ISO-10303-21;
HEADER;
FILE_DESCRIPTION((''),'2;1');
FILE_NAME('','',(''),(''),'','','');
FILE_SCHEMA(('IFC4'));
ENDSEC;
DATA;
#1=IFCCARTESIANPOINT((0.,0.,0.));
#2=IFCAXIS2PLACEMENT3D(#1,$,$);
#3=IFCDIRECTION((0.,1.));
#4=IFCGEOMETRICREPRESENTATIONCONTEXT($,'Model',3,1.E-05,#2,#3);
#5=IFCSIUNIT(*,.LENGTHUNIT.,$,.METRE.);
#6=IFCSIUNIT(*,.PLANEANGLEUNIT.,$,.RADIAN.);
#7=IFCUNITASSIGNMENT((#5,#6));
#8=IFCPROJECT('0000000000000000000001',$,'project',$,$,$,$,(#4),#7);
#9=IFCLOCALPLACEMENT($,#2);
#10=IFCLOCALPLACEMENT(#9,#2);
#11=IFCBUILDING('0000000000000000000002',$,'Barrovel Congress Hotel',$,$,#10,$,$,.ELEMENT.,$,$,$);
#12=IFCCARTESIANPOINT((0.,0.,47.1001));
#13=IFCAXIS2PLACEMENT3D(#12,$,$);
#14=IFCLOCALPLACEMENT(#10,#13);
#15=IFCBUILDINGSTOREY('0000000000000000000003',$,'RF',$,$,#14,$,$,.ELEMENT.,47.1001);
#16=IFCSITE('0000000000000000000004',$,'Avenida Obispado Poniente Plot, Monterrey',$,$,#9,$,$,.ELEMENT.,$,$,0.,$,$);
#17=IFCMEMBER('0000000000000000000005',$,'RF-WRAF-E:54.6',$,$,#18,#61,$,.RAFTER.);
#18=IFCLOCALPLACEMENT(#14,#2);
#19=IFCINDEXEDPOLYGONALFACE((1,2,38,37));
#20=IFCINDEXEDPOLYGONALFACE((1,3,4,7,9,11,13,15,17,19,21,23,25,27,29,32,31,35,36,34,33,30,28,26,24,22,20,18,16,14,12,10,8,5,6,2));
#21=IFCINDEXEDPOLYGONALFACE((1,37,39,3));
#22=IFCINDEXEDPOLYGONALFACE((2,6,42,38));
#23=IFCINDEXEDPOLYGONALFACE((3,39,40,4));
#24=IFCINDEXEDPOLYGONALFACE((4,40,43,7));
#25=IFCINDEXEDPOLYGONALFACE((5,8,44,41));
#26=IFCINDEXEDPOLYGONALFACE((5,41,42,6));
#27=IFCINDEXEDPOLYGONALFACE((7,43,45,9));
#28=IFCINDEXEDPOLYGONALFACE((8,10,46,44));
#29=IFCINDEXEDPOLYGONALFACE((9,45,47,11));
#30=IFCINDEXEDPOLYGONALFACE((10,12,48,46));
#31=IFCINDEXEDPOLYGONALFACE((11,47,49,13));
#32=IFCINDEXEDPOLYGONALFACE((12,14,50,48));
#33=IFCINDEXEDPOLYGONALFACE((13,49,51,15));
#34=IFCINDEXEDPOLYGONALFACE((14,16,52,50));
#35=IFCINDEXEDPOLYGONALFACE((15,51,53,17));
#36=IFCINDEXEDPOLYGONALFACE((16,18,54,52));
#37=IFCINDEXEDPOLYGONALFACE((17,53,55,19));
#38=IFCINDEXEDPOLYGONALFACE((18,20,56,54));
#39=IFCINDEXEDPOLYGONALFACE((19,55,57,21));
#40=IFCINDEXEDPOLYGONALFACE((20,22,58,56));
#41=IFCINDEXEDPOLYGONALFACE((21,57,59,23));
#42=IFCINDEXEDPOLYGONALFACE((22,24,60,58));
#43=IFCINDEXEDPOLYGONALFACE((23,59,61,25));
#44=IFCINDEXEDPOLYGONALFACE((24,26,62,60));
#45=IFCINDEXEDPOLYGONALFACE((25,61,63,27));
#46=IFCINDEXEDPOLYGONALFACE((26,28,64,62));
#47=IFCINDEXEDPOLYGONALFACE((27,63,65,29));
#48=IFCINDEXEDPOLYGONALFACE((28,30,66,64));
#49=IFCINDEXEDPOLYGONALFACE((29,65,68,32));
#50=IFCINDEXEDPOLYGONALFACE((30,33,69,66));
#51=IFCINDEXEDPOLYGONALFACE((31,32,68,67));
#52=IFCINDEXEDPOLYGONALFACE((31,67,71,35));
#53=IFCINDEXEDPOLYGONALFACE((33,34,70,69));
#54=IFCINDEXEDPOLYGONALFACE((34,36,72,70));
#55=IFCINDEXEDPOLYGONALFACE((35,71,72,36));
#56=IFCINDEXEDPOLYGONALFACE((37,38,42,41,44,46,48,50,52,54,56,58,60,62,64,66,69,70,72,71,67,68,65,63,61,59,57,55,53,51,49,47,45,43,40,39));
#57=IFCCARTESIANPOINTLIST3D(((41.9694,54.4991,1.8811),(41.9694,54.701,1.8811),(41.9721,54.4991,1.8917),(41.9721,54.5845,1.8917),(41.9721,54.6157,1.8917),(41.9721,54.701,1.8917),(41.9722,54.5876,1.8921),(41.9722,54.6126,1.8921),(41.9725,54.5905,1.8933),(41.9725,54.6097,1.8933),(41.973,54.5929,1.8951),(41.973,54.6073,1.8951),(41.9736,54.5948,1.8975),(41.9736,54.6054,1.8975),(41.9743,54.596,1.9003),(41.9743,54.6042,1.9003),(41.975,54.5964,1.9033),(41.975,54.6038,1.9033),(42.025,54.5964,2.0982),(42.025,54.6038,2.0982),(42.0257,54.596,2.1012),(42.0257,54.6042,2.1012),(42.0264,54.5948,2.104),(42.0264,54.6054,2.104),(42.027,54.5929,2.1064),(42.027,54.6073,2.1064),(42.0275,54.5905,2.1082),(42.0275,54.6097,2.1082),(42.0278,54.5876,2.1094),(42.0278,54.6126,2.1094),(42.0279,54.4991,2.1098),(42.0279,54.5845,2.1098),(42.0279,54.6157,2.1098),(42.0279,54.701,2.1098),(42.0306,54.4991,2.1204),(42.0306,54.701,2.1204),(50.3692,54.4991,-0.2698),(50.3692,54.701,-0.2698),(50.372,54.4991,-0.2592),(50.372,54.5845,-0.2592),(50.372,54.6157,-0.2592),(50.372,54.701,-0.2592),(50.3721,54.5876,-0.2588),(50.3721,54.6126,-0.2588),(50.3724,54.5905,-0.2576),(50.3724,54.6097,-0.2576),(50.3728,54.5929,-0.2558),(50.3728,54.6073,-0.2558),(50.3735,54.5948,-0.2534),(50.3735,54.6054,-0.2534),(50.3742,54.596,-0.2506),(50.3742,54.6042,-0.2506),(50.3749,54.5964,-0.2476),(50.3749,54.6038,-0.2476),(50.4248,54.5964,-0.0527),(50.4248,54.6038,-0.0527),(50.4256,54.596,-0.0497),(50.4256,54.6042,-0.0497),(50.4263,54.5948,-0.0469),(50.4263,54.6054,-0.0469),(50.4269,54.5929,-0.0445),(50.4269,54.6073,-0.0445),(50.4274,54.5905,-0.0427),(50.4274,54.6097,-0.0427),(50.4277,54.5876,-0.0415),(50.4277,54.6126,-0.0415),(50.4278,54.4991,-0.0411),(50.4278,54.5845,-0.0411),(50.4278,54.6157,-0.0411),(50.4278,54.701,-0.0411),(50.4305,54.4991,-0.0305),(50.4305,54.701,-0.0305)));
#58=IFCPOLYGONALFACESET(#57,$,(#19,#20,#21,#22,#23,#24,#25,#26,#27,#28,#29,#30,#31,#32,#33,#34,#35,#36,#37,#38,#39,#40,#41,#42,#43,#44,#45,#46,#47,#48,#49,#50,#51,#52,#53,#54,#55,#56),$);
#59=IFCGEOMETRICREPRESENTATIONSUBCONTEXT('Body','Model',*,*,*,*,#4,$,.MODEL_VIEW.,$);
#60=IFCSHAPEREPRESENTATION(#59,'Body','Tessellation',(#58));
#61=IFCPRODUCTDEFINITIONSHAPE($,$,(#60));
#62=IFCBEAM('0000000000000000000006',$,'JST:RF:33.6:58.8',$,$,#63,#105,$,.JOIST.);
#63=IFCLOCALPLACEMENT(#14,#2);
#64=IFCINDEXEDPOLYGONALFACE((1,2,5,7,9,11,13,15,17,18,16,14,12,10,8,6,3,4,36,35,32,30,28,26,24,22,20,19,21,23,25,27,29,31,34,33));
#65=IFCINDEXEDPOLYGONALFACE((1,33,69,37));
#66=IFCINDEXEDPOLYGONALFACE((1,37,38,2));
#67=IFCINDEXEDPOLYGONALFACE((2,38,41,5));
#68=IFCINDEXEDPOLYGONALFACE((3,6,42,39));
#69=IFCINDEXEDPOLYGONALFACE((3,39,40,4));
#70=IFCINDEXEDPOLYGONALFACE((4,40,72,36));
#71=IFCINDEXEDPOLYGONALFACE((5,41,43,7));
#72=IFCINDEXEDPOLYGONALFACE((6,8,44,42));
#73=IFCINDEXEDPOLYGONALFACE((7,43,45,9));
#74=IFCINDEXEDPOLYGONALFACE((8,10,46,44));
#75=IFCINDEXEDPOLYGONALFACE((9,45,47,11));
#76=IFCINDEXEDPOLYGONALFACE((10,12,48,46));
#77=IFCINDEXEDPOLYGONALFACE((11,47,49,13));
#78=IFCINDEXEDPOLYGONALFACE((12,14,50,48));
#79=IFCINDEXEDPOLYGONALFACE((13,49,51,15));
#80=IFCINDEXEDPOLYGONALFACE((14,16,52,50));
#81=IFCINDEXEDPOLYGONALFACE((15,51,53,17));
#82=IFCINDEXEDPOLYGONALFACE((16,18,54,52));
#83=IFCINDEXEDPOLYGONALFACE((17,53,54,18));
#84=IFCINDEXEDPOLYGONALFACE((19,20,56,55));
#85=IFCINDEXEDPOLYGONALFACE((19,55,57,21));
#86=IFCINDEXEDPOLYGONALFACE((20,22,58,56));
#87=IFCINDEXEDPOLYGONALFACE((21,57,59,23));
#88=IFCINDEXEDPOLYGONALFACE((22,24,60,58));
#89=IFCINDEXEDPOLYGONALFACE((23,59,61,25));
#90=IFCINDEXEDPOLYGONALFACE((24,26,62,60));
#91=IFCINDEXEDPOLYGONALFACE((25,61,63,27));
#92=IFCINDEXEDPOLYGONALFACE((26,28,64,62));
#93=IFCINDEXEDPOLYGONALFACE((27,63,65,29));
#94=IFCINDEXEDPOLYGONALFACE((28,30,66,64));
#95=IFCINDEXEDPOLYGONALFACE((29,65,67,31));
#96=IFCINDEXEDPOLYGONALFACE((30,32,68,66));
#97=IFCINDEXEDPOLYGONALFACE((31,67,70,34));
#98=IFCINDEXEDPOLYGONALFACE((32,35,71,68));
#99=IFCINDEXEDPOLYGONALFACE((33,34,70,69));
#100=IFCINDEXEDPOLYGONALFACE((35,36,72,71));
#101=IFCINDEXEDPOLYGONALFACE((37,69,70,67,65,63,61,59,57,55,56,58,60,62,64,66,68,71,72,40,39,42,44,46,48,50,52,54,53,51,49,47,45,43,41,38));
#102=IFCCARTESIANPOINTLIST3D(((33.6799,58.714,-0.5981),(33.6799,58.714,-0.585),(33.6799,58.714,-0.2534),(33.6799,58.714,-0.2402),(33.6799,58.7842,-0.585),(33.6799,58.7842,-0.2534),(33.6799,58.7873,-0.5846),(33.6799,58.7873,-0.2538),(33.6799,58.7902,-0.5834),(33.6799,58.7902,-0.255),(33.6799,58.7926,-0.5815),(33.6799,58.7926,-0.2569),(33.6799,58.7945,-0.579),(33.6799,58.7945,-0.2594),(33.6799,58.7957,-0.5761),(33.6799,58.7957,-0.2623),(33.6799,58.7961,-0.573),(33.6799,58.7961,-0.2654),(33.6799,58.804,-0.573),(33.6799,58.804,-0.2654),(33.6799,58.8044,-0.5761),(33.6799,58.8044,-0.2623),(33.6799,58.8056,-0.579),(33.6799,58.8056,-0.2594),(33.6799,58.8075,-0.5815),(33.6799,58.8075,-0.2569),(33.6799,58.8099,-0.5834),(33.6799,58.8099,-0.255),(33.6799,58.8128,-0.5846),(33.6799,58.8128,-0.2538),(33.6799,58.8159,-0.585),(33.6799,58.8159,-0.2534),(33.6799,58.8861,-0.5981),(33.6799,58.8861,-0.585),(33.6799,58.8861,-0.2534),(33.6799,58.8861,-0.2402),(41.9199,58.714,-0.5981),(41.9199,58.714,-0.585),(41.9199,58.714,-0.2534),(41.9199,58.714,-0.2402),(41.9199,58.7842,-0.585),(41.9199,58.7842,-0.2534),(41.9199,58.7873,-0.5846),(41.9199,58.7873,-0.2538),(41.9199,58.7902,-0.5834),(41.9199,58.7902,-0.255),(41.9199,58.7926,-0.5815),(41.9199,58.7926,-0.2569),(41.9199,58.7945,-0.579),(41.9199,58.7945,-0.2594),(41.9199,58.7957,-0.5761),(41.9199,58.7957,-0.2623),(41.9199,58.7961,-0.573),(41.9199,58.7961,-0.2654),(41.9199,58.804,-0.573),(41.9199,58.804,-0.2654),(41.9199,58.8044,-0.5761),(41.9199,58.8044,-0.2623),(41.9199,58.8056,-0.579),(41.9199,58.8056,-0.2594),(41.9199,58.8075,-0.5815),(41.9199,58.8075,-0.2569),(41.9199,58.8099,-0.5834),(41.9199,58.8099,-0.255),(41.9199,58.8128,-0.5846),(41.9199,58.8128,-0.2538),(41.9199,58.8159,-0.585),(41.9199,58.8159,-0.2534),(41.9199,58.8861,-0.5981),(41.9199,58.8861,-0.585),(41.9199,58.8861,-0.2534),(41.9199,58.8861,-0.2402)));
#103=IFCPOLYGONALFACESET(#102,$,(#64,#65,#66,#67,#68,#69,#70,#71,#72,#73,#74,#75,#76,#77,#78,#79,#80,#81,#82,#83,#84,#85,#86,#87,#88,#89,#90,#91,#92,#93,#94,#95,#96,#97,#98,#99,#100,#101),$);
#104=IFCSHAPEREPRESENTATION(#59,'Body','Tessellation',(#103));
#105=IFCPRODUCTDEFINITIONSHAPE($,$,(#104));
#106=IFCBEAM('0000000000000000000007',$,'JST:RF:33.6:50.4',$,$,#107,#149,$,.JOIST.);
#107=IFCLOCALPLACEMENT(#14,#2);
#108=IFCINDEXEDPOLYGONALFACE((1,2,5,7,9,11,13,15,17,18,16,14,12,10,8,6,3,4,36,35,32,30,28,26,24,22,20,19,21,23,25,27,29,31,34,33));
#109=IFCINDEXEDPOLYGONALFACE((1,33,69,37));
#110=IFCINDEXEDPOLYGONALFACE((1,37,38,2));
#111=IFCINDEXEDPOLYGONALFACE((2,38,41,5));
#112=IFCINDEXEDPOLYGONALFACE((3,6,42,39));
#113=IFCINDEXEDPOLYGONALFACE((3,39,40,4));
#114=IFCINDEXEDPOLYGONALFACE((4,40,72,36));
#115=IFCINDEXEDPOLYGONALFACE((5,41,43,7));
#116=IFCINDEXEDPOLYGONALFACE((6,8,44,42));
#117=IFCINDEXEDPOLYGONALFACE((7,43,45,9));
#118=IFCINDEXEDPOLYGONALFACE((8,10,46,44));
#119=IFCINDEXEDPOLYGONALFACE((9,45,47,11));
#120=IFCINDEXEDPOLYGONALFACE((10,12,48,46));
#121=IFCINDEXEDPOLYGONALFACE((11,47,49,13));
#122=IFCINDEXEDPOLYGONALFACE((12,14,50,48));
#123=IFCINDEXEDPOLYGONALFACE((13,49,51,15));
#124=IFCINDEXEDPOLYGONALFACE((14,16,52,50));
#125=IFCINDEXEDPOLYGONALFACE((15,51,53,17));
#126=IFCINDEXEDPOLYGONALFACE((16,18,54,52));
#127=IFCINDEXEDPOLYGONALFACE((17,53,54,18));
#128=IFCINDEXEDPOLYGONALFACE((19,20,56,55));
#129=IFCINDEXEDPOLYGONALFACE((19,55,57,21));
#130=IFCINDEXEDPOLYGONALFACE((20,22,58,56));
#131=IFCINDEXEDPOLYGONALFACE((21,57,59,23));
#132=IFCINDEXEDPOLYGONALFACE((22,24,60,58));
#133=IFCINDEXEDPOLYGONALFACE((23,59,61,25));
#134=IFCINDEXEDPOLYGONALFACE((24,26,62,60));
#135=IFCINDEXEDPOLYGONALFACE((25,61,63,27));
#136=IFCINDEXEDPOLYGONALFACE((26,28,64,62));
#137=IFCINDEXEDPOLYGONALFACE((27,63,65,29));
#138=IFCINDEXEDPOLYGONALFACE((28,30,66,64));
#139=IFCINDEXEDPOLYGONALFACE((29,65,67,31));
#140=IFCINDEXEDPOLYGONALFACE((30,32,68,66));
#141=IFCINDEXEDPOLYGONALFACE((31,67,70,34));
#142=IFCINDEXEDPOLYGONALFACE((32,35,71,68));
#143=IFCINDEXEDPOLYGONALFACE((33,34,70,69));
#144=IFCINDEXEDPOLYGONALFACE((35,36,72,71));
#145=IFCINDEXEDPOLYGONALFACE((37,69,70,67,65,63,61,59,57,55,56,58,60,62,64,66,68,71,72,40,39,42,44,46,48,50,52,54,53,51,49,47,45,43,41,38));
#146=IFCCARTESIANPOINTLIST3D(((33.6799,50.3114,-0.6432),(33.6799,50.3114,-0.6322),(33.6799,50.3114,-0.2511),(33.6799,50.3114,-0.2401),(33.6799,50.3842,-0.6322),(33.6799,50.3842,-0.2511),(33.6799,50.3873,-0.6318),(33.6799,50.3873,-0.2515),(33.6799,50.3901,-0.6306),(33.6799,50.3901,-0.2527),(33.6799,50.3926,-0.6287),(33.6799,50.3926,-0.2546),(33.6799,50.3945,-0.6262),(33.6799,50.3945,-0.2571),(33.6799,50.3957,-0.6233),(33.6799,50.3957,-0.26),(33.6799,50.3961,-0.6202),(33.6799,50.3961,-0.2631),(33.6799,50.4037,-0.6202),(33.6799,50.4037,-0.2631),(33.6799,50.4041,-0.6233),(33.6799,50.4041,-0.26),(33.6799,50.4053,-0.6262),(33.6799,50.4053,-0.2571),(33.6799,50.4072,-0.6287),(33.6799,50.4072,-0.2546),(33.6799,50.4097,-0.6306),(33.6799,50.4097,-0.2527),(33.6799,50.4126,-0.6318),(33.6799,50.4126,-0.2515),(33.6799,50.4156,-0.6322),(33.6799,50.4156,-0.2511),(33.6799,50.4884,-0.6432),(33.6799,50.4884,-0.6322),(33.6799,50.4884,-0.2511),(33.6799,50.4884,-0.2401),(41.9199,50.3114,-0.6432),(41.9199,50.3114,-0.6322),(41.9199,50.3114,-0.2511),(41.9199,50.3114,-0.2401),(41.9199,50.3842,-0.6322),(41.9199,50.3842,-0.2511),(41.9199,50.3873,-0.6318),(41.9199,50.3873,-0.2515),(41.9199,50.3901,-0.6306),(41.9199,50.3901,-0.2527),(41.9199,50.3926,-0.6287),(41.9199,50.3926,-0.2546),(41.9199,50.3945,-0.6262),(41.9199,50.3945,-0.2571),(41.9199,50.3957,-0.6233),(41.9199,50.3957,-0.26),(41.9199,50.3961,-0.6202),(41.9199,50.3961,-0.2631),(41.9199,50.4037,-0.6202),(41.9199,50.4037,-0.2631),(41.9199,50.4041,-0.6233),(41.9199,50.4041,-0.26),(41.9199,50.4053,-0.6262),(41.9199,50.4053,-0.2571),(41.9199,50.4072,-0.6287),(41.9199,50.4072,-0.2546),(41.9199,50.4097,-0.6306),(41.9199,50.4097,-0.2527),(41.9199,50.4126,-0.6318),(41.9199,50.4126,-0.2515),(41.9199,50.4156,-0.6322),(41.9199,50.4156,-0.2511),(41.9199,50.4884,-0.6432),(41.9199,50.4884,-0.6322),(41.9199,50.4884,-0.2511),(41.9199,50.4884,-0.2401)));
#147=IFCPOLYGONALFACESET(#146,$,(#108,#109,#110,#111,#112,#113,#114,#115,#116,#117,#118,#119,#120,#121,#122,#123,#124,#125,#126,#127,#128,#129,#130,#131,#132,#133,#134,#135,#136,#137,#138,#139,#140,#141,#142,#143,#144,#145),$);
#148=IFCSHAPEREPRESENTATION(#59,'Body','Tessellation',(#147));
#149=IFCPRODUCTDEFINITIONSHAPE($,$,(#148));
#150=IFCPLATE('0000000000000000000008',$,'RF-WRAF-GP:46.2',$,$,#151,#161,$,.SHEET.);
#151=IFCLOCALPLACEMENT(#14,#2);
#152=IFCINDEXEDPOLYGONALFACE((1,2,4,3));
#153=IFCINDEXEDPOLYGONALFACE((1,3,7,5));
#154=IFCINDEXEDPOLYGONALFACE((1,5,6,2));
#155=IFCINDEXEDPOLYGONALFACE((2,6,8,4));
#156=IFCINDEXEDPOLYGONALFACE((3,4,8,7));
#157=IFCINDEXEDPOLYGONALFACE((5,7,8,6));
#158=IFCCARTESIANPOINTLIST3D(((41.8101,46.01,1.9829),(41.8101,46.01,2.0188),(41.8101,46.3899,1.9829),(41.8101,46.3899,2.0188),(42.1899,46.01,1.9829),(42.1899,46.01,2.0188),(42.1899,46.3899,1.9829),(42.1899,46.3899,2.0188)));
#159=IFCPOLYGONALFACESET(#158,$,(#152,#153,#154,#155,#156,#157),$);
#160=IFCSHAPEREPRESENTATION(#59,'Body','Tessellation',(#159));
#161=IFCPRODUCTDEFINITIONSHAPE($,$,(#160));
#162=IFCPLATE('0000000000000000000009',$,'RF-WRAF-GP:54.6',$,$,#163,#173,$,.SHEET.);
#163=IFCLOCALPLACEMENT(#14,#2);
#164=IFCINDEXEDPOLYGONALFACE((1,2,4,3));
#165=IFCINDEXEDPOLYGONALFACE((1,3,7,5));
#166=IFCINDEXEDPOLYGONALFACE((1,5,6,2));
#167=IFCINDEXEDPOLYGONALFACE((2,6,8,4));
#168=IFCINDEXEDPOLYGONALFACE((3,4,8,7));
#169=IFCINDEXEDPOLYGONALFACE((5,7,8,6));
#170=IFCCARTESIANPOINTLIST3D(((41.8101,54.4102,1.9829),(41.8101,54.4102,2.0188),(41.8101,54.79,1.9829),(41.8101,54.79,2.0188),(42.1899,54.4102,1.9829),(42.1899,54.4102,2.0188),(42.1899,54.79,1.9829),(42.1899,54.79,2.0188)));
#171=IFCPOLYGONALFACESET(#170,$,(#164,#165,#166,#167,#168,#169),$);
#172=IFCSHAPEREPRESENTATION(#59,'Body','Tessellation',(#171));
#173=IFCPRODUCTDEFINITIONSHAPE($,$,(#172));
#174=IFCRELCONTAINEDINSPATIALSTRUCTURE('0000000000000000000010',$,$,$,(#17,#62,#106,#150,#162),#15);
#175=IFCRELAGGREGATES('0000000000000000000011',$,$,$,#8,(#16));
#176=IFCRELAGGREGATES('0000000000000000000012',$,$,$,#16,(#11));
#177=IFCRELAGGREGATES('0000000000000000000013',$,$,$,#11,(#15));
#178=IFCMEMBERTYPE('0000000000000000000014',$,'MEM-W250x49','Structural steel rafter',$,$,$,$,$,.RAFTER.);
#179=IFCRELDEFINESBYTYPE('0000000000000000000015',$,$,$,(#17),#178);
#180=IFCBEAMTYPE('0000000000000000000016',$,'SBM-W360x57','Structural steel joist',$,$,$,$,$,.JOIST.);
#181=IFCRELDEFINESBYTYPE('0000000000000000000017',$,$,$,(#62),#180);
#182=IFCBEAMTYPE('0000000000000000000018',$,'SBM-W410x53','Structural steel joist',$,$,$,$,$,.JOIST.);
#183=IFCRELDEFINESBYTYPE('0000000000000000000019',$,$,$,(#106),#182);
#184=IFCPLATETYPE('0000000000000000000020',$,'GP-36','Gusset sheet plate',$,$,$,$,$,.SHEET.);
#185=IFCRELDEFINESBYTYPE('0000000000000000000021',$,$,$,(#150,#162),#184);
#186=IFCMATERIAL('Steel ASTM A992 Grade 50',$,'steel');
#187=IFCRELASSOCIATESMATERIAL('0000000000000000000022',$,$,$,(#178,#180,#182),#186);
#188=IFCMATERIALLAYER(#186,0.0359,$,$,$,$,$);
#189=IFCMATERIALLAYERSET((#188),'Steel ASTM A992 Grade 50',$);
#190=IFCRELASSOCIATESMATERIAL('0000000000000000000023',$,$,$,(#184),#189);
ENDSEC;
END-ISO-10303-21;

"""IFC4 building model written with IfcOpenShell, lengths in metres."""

from ifc_helpers import new_model, si_unit, direction, frame, origin, origin_2d, place, context, subcontext, project, spatial, rectangle, i_section, extrude, material, layer, layer_set, material_profile, profile_set, type_object, element, save


model = new_model("IFC4")

# Units and contexts
model_context = context("Model", 3, precision=1e-05, world=origin(), true_north=direction((0.0, 1.0)))
body_context = subcontext(model_context, "Body", "Model", "MODEL_VIEW")
ifc_project = project(units=[si_unit("LENGTHUNIT", "METRE"), si_unit("PLANEANGLEUNIT", "RADIAN")], contexts=[model_context])

# Site, building, storey
site_placement = place(None, origin())
site = spatial("IfcSite", under=ifc_project, at=site_placement, Name="Avenida Obispado Poniente Plot, Monterrey", CompositionType="ELEMENT", RefElevation=0.0)
building_placement = place(site_placement, origin())
building = spatial("IfcBuilding", under=site, at=building_placement, Name="Barrovel Congress Hotel", CompositionType="ELEMENT")
storey_placement = place(building_placement, frame((0.0, 0.0, 47.1001)))
storey = spatial("IfcBuildingStorey", under=building, at=storey_placement, Name="RF", CompositionType="ELEMENT", Elevation=47.1001)

# Member
ifc_material_1 = material(Name="Steel ASTM A992 Grade 50", Category="steel")
ifc_material_profile_1 = material_profile(ifc_material_1, i_section(OverallWidth=0.2019, OverallDepth=0.2471, WebThickness=0.0073, FlangeThickness=0.011, FilletRadius=0.012, at=origin_2d()), Name="W250x49")
ifc_profile_set_1 = profile_set([ifc_material_profile_1], Name="Steel ASTM A992 Grade 50")
member_type_1 = type_object("IfcMemberType", Name="MEM-W250x49", Description="Structural steel rafter", PredefinedType="RAFTER", material=ifc_profile_set_1)
for number, where, z_axis, x_axis, name in (
    (1, (42.0, 54.6001, 2.0007), (0.968745, 0.0, -0.248057), (0.0, 1.0, 0.0), "RF-WRAF-E:54.6"),
):
    element("IfcMember", number, at=place(storey_placement, frame(where, z_axis=z_axis, x_axis=x_axis)), inside=storey, type_object=member_type_1, Name=name, PredefinedType="RAFTER", context=body_context, shape_type="SweptSolid", body=[
        extrude(i_section(OverallWidth=0.2019, OverallDepth=0.2471, WebThickness=0.0073, FlangeThickness=0.011, FilletRadius=0.012, at=origin_2d()), origin(), (0.0, 0.0, 1.0), 8.6709),
    ])

# Beams
ifc_material_profile_2 = material_profile(ifc_material_1, i_section(OverallWidth=0.1721, OverallDepth=0.3579, WebThickness=0.0078, FlangeThickness=0.0132, FilletRadius=0.012, at=origin_2d()), Name="W360x57")
ifc_profile_set_2 = profile_set([ifc_material_profile_2], Name="Steel ASTM A992 Grade 50")
beam_type_1 = type_object("IfcBeamType", Name="SBM-W360x57", Description="Structural steel joist", PredefinedType="JOIST", material=ifc_profile_set_2)
beam_1_placement = place(storey_placement, frame((33.6799, 58.8, -0.4192), z_axis=(1.0, 0.0, 0.0), x_axis=(0.0, 1.0, 0.0)))
element("IfcBeam", 2, at=beam_1_placement, inside=storey, type_object=beam_type_1, Name="JST:RF:33.6:58.8", PredefinedType="JOIST", context=body_context, shape_type="SweptSolid", body=[
    extrude(i_section(OverallWidth=0.1721, OverallDepth=0.3579, WebThickness=0.0078, FlangeThickness=0.0132, FilletRadius=0.012, at=origin_2d()), origin(), (0.0, 0.0, 1.0), 8.24),
])
ifc_material_profile_3 = material_profile(ifc_material_1, i_section(OverallWidth=0.177, OverallDepth=0.4031, WebThickness=0.0076, FlangeThickness=0.011, FilletRadius=0.012, at=origin_2d()), Name="W410x53")
ifc_profile_set_3 = profile_set([ifc_material_profile_3], Name="Steel ASTM A992 Grade 50")
beam_type_2 = type_object("IfcBeamType", Name="SBM-W410x53", Description="Structural steel joist", PredefinedType="JOIST", material=ifc_profile_set_3)
beam_2_placement = place(storey_placement, frame((33.6799, 50.3999, -0.4417), z_axis=(1.0, 0.0, 0.0), x_axis=(0.0, 1.0, 0.0)))
element("IfcBeam", 3, at=beam_2_placement, inside=storey, type_object=beam_type_2, Name="JST:RF:33.6:50.4", PredefinedType="JOIST", context=body_context, shape_type="SweptSolid", body=[
    extrude(i_section(OverallWidth=0.177, OverallDepth=0.4031, WebThickness=0.0076, FlangeThickness=0.011, FilletRadius=0.012, at=origin_2d()), origin(), (0.0, 0.0, 1.0), 8.24),
])

# Plates
ifc_layer_1 = layer(ifc_material_1, 0.0359)
ifc_layer_set_1 = layer_set([ifc_layer_1], Name="Steel ASTM A992 Grade 50")
plate_type = type_object("IfcPlateType", Name="GP-36", Description="Gusset sheet plate", PredefinedType="SHEET", material=ifc_layer_set_1)
for number, where, z_axis, x_axis, name in (
    (4, (42.0, 46.2, 1.9829), (0.0, 0.0, 1.0), (1.0, 0.0, 0.0), "RF-WRAF-GP:46.2"),
    (5, (42.0, 54.6001, 1.9829), (0.0, 0.0, 1.0), (1.0, 0.0, 0.0), "RF-WRAF-GP:54.6"),
):
    element("IfcPlate", number, at=place(storey_placement, frame(where, z_axis=z_axis, x_axis=x_axis)), inside=storey, type_object=plate_type, Name=name, PredefinedType="SHEET", context=body_context, shape_type="SweptSolid", body=[
        extrude(rectangle(XDim=0.3799, YDim=0.3799, at=origin_2d()), origin(), (0.0, 0.0, 1.0), 0.0359),
    ])

save(model, "model.ifc")
